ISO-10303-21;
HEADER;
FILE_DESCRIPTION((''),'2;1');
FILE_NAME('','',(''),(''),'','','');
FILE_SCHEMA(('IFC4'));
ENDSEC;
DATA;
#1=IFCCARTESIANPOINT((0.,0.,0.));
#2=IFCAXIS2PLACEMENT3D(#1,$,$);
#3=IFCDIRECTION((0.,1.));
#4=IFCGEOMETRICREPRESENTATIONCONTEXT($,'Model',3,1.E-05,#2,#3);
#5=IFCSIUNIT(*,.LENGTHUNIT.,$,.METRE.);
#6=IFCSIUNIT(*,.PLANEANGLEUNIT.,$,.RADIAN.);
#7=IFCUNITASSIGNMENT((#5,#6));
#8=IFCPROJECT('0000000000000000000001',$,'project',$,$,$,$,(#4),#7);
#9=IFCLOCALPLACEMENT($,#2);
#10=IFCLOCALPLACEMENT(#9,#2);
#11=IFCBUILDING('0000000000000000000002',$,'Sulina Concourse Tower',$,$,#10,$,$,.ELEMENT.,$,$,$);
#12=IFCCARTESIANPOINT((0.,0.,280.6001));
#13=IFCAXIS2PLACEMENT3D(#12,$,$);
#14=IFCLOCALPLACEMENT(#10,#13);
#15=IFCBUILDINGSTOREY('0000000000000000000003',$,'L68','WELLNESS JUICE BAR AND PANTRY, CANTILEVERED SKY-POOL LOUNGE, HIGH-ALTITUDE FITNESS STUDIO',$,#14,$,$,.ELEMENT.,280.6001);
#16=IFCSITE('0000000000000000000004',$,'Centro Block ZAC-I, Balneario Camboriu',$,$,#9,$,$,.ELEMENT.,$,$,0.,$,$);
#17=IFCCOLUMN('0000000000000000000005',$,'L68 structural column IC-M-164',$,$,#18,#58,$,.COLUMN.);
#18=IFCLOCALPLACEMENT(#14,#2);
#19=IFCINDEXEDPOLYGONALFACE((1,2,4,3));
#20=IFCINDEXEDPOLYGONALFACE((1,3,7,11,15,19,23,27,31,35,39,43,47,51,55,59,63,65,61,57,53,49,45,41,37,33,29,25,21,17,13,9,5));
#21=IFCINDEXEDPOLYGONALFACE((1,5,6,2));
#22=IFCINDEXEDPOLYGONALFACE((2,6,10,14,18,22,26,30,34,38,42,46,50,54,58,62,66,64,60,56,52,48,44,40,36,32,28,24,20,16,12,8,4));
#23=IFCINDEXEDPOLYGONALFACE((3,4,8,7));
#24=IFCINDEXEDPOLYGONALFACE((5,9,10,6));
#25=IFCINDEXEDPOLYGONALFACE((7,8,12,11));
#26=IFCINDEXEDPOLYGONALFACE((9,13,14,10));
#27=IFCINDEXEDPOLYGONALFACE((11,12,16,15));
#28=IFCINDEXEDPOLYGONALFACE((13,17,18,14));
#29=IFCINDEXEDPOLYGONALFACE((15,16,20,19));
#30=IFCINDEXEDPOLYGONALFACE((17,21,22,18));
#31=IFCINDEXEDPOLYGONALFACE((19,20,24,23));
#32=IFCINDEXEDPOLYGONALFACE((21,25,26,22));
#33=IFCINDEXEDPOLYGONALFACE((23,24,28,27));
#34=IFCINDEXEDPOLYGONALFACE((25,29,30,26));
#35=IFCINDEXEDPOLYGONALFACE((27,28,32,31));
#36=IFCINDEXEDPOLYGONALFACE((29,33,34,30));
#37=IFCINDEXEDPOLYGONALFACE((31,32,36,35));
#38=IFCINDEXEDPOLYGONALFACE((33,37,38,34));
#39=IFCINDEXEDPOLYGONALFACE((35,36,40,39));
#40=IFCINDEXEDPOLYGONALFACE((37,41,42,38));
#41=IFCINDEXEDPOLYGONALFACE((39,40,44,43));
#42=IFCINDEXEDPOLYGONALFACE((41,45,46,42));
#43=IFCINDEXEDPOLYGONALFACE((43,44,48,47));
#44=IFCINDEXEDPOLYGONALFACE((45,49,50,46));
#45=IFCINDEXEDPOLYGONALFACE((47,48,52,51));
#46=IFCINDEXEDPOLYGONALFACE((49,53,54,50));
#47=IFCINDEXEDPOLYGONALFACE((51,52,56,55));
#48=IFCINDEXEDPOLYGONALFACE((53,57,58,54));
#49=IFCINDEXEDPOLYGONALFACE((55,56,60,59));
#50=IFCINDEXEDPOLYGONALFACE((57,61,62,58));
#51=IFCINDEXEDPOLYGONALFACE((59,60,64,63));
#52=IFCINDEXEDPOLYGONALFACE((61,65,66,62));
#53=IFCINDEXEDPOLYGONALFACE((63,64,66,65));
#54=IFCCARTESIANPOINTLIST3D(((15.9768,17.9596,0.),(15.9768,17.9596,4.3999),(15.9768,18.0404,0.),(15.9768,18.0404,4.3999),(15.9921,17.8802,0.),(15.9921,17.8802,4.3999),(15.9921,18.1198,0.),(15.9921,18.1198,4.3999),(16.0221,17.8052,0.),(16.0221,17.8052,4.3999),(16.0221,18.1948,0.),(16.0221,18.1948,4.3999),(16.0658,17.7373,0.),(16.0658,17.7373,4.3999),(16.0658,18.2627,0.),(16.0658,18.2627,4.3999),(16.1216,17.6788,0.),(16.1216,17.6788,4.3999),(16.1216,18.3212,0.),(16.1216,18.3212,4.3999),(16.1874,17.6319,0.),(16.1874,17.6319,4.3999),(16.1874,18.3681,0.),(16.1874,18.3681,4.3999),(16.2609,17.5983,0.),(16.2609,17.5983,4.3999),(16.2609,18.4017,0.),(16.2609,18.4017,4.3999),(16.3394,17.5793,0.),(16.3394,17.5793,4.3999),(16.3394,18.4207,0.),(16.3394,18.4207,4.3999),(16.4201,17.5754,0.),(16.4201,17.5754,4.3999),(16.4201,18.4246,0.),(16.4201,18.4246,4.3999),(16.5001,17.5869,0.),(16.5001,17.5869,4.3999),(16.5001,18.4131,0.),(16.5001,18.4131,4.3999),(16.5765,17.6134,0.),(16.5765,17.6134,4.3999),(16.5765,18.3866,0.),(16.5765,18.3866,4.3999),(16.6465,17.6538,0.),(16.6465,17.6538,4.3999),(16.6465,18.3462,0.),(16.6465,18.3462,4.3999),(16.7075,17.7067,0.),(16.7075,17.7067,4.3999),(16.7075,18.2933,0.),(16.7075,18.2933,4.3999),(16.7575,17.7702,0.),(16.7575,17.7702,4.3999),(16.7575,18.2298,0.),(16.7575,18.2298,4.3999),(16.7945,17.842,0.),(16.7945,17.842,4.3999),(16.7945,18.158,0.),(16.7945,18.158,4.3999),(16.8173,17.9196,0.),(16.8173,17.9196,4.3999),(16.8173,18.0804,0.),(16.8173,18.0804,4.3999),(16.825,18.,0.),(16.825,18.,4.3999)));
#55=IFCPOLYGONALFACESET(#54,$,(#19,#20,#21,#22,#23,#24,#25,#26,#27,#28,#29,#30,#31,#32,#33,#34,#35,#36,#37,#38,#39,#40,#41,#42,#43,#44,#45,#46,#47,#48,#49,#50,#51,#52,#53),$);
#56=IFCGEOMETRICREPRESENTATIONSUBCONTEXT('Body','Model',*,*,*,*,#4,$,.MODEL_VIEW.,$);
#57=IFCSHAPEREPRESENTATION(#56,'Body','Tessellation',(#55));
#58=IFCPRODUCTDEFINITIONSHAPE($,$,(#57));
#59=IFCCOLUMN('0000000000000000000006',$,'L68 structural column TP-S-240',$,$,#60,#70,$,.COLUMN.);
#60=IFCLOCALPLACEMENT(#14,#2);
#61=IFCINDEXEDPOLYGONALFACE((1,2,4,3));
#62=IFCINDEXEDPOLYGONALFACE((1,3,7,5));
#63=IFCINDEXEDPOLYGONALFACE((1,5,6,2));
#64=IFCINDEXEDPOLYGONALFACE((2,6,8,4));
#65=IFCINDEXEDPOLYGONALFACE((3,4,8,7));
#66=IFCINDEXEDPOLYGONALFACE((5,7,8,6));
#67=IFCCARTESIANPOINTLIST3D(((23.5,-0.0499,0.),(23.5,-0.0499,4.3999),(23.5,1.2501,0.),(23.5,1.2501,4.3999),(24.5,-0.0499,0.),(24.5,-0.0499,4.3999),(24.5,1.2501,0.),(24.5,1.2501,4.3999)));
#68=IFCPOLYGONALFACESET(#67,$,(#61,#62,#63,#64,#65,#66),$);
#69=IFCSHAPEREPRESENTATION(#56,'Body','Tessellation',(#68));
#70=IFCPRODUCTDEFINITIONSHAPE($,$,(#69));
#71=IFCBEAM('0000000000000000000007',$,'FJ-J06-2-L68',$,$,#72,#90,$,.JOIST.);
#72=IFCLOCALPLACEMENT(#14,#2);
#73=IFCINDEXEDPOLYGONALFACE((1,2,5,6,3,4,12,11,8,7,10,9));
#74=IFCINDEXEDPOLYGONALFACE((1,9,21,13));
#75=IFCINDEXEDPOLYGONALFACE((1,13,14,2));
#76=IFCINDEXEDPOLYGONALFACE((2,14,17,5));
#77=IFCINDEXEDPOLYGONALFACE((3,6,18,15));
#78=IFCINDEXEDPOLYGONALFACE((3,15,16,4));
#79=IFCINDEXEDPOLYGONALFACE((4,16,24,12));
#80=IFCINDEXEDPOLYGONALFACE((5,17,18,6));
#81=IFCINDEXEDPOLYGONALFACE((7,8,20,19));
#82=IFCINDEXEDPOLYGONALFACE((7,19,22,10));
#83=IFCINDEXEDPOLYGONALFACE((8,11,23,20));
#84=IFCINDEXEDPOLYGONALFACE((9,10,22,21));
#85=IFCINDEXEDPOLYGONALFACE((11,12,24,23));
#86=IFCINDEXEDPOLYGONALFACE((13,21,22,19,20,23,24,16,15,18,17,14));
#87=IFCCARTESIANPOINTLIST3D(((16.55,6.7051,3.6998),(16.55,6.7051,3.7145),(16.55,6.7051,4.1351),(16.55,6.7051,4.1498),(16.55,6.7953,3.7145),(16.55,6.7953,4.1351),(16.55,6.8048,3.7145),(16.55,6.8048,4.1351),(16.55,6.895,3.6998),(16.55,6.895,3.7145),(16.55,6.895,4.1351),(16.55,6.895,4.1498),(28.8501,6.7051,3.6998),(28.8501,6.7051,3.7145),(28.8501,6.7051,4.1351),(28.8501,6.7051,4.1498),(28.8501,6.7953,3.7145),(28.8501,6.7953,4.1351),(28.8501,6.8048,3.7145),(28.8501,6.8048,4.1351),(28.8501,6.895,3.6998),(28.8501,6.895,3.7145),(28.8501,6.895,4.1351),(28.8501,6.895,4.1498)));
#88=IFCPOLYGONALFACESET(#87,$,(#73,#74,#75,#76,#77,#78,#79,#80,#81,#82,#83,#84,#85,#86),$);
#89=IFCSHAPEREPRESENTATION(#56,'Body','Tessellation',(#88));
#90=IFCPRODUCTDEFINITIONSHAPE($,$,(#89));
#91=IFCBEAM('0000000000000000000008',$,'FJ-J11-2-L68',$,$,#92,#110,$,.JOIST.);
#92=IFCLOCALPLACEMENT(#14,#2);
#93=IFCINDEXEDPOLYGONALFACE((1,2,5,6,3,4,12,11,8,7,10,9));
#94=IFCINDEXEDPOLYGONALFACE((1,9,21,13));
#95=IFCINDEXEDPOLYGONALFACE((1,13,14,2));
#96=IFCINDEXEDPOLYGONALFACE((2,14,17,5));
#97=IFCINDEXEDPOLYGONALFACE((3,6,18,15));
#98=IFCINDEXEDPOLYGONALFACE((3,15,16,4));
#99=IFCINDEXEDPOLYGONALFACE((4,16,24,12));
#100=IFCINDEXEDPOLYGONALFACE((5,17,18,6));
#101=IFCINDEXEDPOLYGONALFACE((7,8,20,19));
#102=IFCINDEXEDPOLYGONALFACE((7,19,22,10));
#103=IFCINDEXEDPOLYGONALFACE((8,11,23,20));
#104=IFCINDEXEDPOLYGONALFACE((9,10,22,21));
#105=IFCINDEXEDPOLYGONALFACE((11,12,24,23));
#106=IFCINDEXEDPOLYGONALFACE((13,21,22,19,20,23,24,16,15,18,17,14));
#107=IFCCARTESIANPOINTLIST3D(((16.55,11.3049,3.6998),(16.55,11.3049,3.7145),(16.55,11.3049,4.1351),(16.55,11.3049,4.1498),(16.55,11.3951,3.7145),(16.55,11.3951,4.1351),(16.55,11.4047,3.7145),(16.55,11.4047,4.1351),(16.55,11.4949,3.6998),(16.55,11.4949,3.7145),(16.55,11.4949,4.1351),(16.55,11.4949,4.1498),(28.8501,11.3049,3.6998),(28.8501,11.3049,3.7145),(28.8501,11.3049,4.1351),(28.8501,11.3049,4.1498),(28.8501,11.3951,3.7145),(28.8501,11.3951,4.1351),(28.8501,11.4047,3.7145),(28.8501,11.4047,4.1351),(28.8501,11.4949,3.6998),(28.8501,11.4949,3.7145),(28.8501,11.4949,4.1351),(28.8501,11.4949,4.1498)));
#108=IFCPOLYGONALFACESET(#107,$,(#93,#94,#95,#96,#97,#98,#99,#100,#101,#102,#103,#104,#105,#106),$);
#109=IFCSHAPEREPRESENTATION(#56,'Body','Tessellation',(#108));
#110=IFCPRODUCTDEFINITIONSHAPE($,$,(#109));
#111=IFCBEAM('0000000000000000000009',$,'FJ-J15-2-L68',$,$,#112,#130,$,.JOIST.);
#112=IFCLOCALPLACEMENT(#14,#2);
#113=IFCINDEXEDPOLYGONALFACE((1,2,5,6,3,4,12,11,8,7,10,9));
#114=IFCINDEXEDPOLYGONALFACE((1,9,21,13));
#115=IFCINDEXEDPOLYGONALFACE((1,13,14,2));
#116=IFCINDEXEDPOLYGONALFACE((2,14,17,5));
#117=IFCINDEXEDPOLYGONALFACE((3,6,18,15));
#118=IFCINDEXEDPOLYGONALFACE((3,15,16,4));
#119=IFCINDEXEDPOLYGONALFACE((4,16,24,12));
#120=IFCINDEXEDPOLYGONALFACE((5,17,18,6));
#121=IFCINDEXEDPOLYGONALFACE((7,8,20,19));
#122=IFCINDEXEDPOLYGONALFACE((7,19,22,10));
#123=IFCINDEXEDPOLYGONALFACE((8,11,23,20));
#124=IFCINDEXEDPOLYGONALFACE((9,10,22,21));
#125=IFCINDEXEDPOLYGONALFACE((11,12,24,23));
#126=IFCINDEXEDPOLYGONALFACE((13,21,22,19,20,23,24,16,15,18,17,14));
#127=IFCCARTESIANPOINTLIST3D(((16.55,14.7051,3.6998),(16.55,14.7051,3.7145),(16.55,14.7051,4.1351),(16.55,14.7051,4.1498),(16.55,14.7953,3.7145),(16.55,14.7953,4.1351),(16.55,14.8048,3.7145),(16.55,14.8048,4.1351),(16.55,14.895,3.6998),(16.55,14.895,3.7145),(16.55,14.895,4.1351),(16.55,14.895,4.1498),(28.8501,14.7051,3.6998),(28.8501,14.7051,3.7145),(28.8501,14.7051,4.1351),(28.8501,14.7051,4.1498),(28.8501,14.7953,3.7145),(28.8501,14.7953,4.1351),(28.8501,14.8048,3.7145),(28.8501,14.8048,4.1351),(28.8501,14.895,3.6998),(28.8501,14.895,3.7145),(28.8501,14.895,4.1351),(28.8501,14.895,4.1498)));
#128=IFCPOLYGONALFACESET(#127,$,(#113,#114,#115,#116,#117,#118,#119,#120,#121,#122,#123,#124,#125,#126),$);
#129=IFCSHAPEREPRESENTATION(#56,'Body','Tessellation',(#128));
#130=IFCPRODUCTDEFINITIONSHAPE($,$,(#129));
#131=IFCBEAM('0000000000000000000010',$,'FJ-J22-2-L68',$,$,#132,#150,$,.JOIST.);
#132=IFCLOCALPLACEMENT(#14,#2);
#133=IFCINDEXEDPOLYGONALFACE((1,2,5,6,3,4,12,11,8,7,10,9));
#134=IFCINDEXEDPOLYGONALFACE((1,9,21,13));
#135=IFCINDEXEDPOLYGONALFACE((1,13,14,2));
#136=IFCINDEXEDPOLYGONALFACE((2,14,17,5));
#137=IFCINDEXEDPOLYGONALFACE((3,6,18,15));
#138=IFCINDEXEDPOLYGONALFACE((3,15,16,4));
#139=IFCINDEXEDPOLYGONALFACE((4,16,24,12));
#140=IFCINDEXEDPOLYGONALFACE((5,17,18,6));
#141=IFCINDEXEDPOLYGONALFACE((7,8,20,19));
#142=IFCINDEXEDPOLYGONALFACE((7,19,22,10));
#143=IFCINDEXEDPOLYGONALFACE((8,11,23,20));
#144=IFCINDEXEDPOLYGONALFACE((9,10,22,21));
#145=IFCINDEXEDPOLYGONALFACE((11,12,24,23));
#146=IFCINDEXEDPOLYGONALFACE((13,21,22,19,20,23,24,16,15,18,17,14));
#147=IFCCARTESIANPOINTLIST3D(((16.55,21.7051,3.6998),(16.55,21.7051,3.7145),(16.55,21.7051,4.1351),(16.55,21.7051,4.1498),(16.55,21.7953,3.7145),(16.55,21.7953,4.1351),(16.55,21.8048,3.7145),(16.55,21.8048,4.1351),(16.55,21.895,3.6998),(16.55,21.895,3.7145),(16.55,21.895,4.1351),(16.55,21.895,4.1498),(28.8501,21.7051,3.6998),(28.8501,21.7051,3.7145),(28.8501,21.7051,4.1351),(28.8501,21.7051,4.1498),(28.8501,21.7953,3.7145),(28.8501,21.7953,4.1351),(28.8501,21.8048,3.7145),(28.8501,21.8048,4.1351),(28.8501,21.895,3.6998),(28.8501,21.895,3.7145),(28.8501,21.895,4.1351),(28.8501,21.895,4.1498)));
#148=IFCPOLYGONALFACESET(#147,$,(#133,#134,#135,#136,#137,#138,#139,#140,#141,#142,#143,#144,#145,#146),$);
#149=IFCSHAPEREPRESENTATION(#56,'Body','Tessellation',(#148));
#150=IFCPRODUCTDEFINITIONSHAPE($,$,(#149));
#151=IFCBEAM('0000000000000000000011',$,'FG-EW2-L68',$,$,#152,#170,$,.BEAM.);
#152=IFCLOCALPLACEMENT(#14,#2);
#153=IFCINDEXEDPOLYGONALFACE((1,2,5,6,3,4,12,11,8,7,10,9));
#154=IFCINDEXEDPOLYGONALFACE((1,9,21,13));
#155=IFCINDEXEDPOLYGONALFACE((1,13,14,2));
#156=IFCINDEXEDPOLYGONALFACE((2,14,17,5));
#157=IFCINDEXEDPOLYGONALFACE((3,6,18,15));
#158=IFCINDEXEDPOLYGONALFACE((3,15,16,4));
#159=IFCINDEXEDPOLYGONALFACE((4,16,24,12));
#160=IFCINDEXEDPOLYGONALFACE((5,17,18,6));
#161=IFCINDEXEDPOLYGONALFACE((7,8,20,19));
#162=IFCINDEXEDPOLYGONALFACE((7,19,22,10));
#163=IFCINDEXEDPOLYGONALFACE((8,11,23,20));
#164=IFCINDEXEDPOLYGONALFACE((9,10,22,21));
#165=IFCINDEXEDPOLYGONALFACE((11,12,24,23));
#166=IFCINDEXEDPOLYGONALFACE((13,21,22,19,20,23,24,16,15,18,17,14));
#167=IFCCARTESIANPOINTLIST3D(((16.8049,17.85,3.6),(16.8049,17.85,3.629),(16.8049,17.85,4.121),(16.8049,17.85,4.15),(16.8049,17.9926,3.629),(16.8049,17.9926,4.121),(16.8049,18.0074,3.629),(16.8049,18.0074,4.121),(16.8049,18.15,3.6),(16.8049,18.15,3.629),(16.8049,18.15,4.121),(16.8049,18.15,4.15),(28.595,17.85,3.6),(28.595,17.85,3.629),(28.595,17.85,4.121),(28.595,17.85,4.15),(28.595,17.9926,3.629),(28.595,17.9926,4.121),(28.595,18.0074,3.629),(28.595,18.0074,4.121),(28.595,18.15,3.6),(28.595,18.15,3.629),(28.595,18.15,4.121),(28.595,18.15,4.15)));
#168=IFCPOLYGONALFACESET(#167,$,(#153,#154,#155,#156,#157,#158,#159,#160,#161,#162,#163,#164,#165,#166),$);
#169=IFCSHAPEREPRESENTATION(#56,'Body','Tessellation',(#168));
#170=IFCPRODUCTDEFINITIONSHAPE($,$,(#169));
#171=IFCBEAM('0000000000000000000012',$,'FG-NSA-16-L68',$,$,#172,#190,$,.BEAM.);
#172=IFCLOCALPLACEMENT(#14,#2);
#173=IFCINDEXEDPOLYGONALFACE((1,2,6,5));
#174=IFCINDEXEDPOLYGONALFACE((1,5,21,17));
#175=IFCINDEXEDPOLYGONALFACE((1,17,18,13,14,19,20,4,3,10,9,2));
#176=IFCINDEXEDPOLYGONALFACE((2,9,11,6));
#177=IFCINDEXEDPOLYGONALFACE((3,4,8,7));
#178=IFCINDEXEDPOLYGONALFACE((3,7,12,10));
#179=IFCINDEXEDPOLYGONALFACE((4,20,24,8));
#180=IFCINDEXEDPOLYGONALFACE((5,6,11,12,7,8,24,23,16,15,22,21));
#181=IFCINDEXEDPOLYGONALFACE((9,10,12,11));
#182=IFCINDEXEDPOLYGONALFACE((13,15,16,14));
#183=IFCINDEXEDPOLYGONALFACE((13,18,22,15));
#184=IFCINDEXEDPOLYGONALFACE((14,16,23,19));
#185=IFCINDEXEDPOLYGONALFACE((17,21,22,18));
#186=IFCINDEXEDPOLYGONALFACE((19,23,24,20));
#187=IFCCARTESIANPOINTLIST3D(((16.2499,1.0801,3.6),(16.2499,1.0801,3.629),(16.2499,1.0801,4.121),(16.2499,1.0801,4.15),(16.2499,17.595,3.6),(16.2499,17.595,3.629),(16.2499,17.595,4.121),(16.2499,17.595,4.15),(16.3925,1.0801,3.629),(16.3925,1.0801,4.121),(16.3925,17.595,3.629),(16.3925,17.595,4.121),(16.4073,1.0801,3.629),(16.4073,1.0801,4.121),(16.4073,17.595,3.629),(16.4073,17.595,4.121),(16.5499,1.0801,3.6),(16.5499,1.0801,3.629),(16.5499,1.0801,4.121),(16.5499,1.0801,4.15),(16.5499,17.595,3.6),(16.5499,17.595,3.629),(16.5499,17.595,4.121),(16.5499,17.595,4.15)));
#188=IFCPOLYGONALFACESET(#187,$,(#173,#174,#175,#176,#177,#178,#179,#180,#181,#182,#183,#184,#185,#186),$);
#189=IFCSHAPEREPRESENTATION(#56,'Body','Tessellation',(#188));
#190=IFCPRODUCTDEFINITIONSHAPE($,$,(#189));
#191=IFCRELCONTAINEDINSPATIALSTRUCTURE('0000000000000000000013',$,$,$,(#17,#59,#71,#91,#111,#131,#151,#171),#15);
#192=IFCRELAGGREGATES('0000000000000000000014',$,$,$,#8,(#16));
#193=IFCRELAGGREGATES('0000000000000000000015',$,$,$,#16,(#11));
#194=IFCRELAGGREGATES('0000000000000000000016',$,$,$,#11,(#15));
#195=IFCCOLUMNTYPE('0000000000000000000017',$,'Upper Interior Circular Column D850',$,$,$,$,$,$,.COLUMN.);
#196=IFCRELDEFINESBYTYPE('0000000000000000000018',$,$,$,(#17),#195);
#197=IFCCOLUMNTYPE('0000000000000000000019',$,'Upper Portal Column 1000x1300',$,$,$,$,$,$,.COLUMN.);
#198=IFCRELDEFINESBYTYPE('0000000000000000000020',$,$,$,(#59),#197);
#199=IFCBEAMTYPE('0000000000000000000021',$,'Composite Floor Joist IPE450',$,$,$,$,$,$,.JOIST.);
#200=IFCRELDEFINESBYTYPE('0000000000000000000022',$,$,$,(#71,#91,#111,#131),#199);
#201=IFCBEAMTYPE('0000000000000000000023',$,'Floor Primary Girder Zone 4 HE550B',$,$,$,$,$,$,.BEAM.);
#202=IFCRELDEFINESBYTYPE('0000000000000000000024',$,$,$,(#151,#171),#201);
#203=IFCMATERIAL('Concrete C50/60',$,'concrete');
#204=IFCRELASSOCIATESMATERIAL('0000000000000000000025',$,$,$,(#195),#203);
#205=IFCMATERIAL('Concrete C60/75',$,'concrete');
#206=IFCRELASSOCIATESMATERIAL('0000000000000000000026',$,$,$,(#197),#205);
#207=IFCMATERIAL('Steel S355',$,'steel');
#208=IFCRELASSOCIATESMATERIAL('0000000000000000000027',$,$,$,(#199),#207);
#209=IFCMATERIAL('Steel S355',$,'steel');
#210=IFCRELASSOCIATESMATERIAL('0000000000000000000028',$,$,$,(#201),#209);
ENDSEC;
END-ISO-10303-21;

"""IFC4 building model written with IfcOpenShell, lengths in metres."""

from ifc_helpers import new_model, si_unit, direction, frame, origin, origin_2d, place, context, subcontext, project, spatial, rectangle, circle, i_section, extrude, material, material_profile, profile_set, type_object, element, save


model = new_model("IFC4")

# Units and contexts
model_context = context("Model", 3, precision=1e-05, world=origin(), true_north=direction((0.0, 1.0)))
body_context = subcontext(model_context, "Body", "Model", "MODEL_VIEW")
ifc_project = project(units=[si_unit("LENGTHUNIT", "METRE"), si_unit("PLANEANGLEUNIT", "RADIAN")], contexts=[model_context])

# Site, building, storey
site_placement = place(None, origin())
site = spatial("IfcSite", under=ifc_project, at=site_placement, Name="Centro Block ZAC-I, Balneario Camboriu", CompositionType="ELEMENT", RefElevation=0.0)
building_placement = place(site_placement, origin())
building = spatial("IfcBuilding", under=site, at=building_placement, Name="Sulina Concourse Tower", CompositionType="ELEMENT")
storey_placement = place(building_placement, frame((0.0, 0.0, 280.6001)))
storey = spatial("IfcBuildingStorey", under=building, at=storey_placement, Name="L68", Description="WELLNESS JUICE BAR AND PANTRY, CANTILEVERED SKY-POOL LOUNGE, HIGH-ALTITUDE FITNESS STUDIO", CompositionType="ELEMENT", Elevation=280.6001)

# Columns
ifc_material_1 = material(Name="Concrete C50/60", Category="concrete")
ifc_material_profile_1 = material_profile(ifc_material_1, circle(Radius=0.425, at=origin_2d()), Name="RC D850")
ifc_profile_set_1 = profile_set([ifc_material_profile_1], Name="Concrete C50/60")
column_type_1 = type_object("IfcColumnType", Name="Upper Interior Circular Column D850", PredefinedType="COLUMN", material=ifc_profile_set_1)
column_1_placement = place(storey_placement, frame((16.3999, 18.0, 0.0), z_axis=(0.0, 0.0, 1.0), x_axis=(1.0, 0.0, 0.0)))
element("IfcColumn", 1, at=column_1_placement, inside=storey, type_object=column_type_1, Name="L68 structural column IC-M-164", PredefinedType="COLUMN", context=body_context, shape_type="SweptSolid", body=[
    extrude(circle(Radius=0.425, at=origin_2d()), origin(), (0.0, 0.0, 1.0), 4.3999),
])
ifc_material_2 = material(Name="Concrete C60/75", Category="concrete")
ifc_material_profile_2 = material_profile(ifc_material_2, rectangle(XDim=1.0, YDim=1.3, at=origin_2d()), Name="RC 1000x1300")
ifc_profile_set_2 = profile_set([ifc_material_profile_2], Name="Concrete C60/75")
column_type_2 = type_object("IfcColumnType", Name="Upper Portal Column 1000x1300", PredefinedType="COLUMN", material=ifc_profile_set_2)
column_2_placement = place(storey_placement, frame((24.0, 0.6001, 0.0), z_axis=(0.0, 0.0, 1.0), x_axis=(1.0, 0.0, 0.0)))
element("IfcColumn", 2, at=column_2_placement, inside=storey, type_object=column_type_2, Name="L68 structural column TP-S-240", PredefinedType="COLUMN", context=body_context, shape_type="SweptSolid", body=[
    extrude(rectangle(XDim=1.0, YDim=1.3, at=origin_2d()), origin(), (0.0, 0.0, 1.0), 4.3999),
])

# Beams
ifc_material_3 = material(Name="Steel S355", Category="steel")
ifc_material_profile_3 = material_profile(ifc_material_3, i_section(OverallWidth=0.1899, OverallDepth=0.45, WebThickness=0.0095, FlangeThickness=0.0146, at=origin_2d()), Name="IPE 450")
ifc_profile_set_3 = profile_set([ifc_material_profile_3], Name="Steel S355")
beam_type_1 = type_object("IfcBeamType", Name="Composite Floor Joist IPE450", PredefinedType="JOIST", material=ifc_profile_set_3)
for number, where, z_axis, x_axis, name in (
    (3, (16.55, 6.8, 3.9248), (1.0, 0.0, 0.0), (0.0, 1.0, 0.0), "FJ-J06-2-L68"),
    (4, (16.55, 11.3999, 3.9248), (1.0, 0.0, 0.0), (0.0, 1.0, 0.0), "FJ-J11-2-L68"),
    (5, (16.55, 14.8, 3.9248), (1.0, 0.0, 0.0), (0.0, 1.0, 0.0), "FJ-J15-2-L68"),
    (6, (16.55, 21.8, 3.9248), (1.0, 0.0, 0.0), (0.0, 1.0, 0.0), "FJ-J22-2-L68"),
):
    element("IfcBeam", number, at=place(storey_placement, frame(where, z_axis=z_axis, x_axis=x_axis)), inside=storey, type_object=beam_type_1, Name=name, PredefinedType="JOIST", context=body_context, shape_type="SweptSolid", body=[
        extrude(i_section(OverallWidth=0.1899, OverallDepth=0.45, WebThickness=0.0095, FlangeThickness=0.0146, at=origin_2d()), origin(), (0.0, 0.0, 1.0), 12.3),
    ])
ifc_material_4 = material(Name="Steel S355", Category="steel")
ifc_material_profile_4 = material_profile(ifc_material_4, i_section(OverallWidth=0.3, OverallDepth=0.55, WebThickness=0.0149, FlangeThickness=0.0291, at=origin_2d()), Name="HE 550 B")
ifc_profile_set_4 = profile_set([ifc_material_profile_4], Name="Steel S355")
beam_type_2 = type_object("IfcBeamType", Name="Floor Primary Girder Zone 4 HE550B", PredefinedType="BEAM", material=ifc_profile_set_4)
beam_1_placement = place(storey_placement, frame((16.8049, 18.0, 3.875), z_axis=(1.0, 0.0, 0.0), x_axis=(0.0, 1.0, 0.0)))
element("IfcBeam", 7, at=beam_1_placement, inside=storey, type_object=beam_type_2, Name="FG-EW2-L68", PredefinedType="BEAM", context=body_context, shape_type="SweptSolid", body=[
    extrude(i_section(OverallWidth=0.3, OverallDepth=0.55, WebThickness=0.0149, FlangeThickness=0.0291, at=origin_2d()), origin(), (0.0, 0.0, 1.0), 11.79),
])
beam_2_placement = place(storey_placement, frame((16.3999, 1.0801, 3.875), z_axis=(0.0, 1.0, 0.0), x_axis=(-1.0, 0.0, 0.0)))
element("IfcBeam", 8, at=beam_2_placement, inside=storey, type_object=beam_type_2, Name="FG-NSA-16-L68", PredefinedType="BEAM", context=body_context, shape_type="SweptSolid", body=[
    extrude(i_section(OverallWidth=0.3, OverallDepth=0.55, WebThickness=0.0149, FlangeThickness=0.0291, at=origin_2d()), origin(), (0.0, 0.0, 1.0), 16.5149),
])

save(model, "model.ifc")
